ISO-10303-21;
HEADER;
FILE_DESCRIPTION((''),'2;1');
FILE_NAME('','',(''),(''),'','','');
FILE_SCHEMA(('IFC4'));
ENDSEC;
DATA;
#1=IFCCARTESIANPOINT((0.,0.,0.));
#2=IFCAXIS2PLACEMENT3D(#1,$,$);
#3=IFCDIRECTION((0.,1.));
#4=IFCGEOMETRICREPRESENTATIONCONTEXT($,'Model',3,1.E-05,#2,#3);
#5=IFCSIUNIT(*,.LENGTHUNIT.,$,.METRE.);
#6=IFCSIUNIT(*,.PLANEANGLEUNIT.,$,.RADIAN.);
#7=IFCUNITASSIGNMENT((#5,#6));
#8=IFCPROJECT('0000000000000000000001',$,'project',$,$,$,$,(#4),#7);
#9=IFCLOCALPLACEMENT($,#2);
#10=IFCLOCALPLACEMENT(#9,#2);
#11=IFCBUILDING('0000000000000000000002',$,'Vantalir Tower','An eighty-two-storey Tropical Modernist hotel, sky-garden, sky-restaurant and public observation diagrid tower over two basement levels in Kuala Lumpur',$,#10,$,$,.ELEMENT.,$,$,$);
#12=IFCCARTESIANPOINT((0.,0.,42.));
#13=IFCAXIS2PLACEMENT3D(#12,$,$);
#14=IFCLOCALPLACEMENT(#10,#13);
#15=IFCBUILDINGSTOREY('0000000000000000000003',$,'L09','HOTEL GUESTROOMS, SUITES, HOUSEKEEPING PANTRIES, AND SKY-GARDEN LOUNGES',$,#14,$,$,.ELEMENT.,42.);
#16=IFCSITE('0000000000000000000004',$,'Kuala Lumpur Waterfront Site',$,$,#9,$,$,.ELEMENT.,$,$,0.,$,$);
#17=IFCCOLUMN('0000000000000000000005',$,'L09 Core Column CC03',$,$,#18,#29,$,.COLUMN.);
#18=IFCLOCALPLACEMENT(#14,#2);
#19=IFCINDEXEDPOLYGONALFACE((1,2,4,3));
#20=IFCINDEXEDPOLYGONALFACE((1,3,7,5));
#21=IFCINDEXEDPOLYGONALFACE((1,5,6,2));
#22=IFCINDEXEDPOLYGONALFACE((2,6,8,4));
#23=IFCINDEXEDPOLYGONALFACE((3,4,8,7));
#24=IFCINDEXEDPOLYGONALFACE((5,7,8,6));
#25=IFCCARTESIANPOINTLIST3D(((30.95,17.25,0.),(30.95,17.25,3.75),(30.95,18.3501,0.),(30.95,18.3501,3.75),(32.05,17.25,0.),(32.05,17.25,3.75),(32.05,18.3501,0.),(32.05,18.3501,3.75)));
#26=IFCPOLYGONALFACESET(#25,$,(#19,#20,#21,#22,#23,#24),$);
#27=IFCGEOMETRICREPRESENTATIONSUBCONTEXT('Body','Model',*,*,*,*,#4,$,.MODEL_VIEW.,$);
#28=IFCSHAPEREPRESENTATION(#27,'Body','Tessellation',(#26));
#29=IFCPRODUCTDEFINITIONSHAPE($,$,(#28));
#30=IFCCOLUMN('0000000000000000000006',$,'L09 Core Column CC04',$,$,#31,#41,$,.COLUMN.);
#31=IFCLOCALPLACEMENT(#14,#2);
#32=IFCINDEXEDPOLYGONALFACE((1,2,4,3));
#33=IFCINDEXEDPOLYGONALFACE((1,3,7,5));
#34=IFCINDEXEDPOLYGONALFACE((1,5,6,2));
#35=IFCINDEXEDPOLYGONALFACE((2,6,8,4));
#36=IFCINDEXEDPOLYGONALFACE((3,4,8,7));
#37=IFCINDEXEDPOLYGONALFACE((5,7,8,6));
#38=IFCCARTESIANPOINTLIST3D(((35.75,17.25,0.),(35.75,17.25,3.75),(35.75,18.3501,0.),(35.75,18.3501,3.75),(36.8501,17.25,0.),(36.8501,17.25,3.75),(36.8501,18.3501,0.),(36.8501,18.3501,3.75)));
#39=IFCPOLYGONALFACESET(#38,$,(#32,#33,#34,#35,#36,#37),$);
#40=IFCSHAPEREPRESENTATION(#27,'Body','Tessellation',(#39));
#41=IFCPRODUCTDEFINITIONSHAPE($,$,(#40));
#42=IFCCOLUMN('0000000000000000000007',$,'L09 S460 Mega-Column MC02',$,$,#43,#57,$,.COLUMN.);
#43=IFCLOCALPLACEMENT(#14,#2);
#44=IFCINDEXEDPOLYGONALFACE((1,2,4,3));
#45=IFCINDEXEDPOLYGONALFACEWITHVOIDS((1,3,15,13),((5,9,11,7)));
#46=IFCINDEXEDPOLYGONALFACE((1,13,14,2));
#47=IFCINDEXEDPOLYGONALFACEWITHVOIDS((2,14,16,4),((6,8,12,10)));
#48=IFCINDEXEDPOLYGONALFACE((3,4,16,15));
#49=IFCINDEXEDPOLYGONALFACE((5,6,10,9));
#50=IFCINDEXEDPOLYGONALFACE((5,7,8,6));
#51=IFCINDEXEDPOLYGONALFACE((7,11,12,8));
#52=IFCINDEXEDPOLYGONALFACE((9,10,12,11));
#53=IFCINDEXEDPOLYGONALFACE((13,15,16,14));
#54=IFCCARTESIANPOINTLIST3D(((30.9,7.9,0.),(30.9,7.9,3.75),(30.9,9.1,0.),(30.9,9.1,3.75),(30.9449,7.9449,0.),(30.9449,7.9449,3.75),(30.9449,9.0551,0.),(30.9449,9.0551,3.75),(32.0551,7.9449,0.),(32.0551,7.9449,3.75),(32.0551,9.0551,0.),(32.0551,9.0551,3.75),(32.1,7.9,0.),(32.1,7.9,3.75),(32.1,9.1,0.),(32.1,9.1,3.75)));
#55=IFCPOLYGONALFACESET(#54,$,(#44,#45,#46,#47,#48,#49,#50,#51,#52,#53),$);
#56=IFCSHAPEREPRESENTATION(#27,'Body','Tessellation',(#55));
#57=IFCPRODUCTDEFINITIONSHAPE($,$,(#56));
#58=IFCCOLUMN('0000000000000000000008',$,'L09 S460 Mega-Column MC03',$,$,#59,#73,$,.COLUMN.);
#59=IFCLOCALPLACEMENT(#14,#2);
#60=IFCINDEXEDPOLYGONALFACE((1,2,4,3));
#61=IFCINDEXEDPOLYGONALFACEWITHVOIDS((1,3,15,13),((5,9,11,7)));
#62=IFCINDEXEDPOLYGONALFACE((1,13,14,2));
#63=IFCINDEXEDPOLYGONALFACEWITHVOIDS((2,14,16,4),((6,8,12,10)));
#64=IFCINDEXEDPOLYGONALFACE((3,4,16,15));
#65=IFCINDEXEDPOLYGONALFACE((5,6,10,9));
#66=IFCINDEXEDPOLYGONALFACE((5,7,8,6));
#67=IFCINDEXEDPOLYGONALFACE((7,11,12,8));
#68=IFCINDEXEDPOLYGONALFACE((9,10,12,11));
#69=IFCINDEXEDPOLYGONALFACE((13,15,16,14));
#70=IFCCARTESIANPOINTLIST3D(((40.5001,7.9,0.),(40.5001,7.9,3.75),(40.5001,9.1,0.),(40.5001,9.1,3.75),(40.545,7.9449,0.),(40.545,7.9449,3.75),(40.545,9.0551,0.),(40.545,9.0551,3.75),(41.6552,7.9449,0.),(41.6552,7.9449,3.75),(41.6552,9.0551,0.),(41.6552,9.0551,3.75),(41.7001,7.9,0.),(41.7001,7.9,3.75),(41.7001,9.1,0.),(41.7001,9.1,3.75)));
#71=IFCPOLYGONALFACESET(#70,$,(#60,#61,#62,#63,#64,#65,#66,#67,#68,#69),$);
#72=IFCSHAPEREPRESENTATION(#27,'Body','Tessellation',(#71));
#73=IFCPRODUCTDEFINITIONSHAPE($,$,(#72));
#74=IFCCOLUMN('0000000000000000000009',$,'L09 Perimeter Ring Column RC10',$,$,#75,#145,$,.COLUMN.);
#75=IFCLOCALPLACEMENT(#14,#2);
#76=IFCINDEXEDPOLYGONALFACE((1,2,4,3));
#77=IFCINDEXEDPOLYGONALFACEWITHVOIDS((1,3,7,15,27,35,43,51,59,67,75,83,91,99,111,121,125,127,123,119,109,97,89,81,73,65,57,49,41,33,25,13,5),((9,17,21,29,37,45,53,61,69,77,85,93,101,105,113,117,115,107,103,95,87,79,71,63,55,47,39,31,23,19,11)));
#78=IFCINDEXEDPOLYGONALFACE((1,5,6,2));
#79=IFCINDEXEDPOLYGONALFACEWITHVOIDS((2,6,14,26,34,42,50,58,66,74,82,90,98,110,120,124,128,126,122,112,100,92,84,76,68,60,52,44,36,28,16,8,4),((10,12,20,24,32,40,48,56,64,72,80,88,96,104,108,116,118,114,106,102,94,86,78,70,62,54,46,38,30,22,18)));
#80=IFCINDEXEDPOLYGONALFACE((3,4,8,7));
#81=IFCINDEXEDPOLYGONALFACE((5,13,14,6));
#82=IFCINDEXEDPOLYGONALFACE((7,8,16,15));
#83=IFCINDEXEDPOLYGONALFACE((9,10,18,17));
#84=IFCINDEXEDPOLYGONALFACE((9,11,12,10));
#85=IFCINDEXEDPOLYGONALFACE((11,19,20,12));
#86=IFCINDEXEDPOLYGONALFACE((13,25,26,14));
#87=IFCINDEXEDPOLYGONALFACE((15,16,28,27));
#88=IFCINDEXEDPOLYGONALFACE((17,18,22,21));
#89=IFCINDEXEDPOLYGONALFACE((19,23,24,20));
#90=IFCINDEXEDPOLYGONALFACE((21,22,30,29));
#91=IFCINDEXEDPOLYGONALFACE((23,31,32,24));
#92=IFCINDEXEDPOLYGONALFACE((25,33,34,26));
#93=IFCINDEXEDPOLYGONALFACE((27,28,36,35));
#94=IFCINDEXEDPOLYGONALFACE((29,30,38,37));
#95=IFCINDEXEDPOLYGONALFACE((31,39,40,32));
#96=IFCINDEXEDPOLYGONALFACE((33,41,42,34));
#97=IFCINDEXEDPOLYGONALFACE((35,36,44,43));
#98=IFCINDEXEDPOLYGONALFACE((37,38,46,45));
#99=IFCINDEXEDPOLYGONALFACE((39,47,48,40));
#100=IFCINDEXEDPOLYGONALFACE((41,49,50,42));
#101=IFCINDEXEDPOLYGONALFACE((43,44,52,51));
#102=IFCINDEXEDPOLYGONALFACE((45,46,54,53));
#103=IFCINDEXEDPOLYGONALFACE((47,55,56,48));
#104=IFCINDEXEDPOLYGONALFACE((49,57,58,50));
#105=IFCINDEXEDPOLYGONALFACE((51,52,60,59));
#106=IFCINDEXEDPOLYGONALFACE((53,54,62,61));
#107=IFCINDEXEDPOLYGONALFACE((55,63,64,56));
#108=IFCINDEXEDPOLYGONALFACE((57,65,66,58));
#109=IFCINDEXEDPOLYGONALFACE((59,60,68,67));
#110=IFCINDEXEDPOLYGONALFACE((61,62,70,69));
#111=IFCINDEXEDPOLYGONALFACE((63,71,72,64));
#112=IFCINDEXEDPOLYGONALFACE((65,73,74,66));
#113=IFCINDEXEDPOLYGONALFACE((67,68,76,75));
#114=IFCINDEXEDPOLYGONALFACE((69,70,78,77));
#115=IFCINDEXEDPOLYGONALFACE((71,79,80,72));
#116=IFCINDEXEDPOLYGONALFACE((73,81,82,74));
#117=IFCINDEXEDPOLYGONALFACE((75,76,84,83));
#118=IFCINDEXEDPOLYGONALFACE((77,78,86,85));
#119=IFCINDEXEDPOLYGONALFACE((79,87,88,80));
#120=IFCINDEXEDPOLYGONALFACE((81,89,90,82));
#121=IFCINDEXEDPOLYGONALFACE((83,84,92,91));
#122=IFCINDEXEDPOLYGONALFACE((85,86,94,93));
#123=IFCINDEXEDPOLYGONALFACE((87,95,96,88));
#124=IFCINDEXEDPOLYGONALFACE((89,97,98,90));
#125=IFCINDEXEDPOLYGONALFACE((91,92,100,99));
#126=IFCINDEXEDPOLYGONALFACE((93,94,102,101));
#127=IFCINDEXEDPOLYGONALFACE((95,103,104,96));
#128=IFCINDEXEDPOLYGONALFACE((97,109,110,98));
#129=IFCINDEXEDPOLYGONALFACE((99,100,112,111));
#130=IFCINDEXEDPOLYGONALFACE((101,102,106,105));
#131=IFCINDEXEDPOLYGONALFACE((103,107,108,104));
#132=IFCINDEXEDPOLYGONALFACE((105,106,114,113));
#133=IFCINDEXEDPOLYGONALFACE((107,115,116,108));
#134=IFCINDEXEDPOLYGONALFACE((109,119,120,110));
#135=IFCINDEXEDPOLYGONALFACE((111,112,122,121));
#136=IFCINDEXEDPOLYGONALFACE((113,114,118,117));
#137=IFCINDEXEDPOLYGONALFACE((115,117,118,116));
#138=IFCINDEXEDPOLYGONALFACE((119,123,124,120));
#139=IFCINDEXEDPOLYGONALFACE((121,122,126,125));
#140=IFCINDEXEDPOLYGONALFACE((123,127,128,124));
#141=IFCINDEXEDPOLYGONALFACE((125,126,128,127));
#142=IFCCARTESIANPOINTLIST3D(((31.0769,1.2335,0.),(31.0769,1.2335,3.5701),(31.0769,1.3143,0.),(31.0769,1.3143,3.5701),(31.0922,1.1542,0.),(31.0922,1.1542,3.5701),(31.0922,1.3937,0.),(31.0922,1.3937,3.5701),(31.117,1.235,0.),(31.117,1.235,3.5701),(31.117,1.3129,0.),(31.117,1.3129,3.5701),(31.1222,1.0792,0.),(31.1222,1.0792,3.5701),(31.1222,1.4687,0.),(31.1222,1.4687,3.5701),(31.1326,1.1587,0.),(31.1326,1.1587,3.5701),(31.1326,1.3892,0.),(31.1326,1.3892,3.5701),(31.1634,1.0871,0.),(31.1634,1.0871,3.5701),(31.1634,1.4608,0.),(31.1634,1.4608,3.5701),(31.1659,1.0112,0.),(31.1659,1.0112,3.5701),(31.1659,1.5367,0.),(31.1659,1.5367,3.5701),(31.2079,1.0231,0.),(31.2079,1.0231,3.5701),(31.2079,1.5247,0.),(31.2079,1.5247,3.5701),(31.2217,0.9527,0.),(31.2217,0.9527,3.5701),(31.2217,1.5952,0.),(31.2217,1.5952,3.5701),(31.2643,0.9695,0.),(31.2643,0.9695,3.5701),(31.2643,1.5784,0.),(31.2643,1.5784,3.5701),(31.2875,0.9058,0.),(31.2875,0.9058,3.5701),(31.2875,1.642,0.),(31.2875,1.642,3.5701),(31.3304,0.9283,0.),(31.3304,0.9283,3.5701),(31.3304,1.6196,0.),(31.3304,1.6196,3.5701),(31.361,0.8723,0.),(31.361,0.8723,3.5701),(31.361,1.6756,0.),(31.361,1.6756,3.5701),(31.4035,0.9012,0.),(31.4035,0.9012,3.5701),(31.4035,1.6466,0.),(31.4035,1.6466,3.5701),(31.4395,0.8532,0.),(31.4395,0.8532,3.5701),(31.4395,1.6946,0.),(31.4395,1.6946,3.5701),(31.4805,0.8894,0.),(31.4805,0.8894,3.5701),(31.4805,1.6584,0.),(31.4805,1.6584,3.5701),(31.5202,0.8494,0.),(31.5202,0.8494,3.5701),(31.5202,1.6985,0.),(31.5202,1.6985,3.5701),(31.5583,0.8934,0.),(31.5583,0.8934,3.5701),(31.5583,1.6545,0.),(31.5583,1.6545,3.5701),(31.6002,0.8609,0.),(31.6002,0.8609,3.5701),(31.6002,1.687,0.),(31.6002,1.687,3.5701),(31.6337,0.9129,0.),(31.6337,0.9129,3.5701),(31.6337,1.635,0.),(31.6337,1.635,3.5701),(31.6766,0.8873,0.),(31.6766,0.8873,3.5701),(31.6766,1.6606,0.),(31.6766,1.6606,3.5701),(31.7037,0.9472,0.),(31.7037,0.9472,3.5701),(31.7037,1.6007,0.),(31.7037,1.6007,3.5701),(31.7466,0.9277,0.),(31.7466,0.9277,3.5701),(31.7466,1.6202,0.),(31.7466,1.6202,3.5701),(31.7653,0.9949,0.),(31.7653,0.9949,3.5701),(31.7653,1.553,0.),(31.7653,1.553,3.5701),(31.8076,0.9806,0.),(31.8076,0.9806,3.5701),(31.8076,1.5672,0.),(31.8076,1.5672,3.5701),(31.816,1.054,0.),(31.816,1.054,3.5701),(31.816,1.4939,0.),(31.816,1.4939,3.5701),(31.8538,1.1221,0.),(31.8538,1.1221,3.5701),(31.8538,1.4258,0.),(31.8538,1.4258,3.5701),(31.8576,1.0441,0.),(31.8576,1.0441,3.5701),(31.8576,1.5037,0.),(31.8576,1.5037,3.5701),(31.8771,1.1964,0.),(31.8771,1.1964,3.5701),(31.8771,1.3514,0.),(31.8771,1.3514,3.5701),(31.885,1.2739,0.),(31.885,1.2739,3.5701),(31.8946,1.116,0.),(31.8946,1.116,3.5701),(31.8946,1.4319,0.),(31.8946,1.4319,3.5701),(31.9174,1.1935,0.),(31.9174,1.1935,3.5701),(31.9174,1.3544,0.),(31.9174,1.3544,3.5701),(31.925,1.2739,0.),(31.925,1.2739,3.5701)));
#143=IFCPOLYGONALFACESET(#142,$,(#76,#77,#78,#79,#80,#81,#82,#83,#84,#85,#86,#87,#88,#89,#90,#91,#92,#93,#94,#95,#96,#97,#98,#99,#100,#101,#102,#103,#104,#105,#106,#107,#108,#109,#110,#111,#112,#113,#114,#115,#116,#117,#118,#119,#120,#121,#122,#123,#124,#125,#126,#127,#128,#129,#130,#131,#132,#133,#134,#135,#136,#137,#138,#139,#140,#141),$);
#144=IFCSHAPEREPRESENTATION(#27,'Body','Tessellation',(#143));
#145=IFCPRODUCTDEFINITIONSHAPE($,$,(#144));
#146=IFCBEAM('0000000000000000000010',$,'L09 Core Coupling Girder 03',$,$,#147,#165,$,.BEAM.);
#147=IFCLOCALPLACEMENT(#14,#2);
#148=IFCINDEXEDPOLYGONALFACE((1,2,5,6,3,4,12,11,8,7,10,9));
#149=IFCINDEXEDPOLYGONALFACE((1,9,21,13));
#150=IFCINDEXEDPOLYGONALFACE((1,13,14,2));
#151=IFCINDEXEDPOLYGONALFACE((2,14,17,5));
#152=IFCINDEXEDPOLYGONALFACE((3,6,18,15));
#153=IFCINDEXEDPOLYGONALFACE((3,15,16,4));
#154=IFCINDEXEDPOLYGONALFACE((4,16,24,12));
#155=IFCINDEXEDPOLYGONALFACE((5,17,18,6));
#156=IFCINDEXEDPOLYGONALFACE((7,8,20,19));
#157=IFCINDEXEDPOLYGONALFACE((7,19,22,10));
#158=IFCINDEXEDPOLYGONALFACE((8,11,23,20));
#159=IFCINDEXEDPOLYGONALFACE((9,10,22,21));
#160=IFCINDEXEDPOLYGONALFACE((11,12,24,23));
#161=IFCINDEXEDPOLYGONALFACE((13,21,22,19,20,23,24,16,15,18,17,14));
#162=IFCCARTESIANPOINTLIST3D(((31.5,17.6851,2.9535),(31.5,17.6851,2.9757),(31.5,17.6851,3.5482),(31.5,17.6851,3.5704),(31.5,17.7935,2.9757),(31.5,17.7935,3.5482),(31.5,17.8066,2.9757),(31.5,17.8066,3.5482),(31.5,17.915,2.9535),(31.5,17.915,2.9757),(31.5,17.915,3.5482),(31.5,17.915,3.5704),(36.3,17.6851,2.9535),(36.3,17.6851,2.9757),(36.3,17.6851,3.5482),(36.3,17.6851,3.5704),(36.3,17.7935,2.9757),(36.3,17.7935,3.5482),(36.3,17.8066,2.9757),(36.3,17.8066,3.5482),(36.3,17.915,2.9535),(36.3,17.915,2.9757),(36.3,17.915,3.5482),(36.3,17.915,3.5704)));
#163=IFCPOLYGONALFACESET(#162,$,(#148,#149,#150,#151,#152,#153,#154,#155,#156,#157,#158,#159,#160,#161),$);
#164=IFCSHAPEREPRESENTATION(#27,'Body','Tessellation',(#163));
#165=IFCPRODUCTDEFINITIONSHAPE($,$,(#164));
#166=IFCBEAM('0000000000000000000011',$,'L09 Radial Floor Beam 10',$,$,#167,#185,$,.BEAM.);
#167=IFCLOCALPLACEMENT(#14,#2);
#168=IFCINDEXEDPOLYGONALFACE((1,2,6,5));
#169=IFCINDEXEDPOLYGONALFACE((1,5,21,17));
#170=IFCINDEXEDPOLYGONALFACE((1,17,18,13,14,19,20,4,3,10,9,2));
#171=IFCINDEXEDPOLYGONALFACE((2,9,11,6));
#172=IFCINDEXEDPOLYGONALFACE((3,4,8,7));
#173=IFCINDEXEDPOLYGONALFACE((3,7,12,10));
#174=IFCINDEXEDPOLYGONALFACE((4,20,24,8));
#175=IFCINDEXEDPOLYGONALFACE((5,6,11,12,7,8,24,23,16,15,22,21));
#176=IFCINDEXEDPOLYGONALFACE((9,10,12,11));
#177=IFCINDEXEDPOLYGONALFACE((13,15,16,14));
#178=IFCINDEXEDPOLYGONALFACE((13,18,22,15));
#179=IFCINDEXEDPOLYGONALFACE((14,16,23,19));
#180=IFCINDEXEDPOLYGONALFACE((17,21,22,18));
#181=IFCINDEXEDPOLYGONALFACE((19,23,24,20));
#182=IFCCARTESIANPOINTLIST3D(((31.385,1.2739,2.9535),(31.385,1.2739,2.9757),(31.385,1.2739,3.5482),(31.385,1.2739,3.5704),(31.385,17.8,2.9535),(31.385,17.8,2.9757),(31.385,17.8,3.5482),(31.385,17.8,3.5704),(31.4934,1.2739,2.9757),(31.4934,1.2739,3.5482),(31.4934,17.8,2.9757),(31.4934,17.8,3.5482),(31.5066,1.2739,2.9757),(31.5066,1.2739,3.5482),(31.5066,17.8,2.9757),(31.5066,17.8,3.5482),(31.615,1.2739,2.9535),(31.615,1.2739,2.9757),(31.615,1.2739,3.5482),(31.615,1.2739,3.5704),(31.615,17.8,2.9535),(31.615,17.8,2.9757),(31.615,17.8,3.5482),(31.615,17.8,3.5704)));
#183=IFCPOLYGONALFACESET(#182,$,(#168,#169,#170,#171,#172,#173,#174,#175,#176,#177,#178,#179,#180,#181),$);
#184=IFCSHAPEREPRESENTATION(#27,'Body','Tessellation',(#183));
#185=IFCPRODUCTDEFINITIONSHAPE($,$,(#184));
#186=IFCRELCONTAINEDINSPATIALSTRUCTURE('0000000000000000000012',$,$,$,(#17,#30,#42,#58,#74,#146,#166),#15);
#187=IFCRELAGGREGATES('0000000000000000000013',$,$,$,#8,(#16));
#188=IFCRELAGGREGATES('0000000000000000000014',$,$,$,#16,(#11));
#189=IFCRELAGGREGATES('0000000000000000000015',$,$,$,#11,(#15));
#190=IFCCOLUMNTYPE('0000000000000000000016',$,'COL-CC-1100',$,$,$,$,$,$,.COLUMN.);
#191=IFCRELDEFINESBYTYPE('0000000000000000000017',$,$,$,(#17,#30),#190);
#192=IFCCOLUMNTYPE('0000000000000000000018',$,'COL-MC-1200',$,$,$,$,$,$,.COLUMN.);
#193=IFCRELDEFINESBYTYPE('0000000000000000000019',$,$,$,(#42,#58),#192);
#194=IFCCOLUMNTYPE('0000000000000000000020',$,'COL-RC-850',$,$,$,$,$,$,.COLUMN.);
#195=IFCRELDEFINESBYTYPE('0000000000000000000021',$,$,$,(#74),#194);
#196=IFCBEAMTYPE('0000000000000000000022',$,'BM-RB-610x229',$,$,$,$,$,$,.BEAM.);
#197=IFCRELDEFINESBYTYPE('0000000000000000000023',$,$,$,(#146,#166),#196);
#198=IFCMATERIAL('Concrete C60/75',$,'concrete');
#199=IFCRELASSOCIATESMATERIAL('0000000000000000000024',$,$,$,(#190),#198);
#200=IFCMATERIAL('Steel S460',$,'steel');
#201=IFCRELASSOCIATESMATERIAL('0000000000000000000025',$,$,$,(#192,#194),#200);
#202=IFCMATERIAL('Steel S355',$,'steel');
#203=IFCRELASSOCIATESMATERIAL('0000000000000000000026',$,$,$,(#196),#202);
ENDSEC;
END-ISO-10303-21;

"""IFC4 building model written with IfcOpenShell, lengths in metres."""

from ifc_helpers import new_model, si_unit, direction, frame, origin, origin_2d, place, context, subcontext, project, spatial, rectangle, hollow_rectangle, hollow_circle, i_section, extrude, material, material_profile, profile_set, type_object, element, save


model = new_model("IFC4")

# Units and contexts
model_context = context("Model", 3, precision=1e-05, world=origin(), true_north=direction((0.0, 1.0)))
body_context = subcontext(model_context, "Body", "Model", "MODEL_VIEW")
ifc_project = project(units=[si_unit("LENGTHUNIT", "METRE"), si_unit("PLANEANGLEUNIT", "RADIAN")], contexts=[model_context])

# Site, building, storey
site_placement = place(None, origin())
site = spatial("IfcSite", under=ifc_project, at=site_placement, Name="Kuala Lumpur Waterfront Site", CompositionType="ELEMENT", RefElevation=0.0)
building_placement = place(site_placement, origin())
building = spatial("IfcBuilding", under=site, at=building_placement, Name="Vantalir Tower", Description="An eighty-two-storey Tropical Modernist hotel, sky-garden, sky-restaurant and public observation diagrid tower over two basement levels in Kuala Lumpur", CompositionType="ELEMENT")
storey_placement = place(building_placement, frame((0.0, 0.0, 42.0)))
storey = spatial("IfcBuildingStorey", under=building, at=storey_placement, Name="L09", Description="HOTEL GUESTROOMS, SUITES, HOUSEKEEPING PANTRIES, AND SKY-GARDEN LOUNGES", CompositionType="ELEMENT", Elevation=42.0)

# Columns
ifc_material_1 = material(Name="Concrete C60/75", Category="concrete")
ifc_material_profile_1 = material_profile(ifc_material_1, rectangle(XDim=1.1001, YDim=1.1001, at=origin_2d()), Name="Concrete C60/75")
ifc_profile_set_1 = profile_set([ifc_material_profile_1], Name="Concrete C60/75")
column_type_1 = type_object("IfcColumnType", Name="COL-CC-1100", PredefinedType="COLUMN", material=ifc_profile_set_1)
for number, where, z_axis, x_axis, name in (
    (1, (31.5, 17.8, 0.0), (0.0, 0.0, 1.0), (1.0, 0.0, 0.0), "L09 Core Column CC03"),
    (2, (36.3, 17.8, 0.0), (0.0, 0.0, 1.0), (1.0, 0.0, 0.0), "L09 Core Column CC04"),
):
    element("IfcColumn", number, at=place(storey_placement, frame(where, z_axis=z_axis, x_axis=x_axis)), inside=storey, type_object=column_type_1, Name=name, PredefinedType="COLUMN", context=body_context, shape_type="SweptSolid", body=[
        extrude(rectangle(XDim=1.1001, YDim=1.1001, at=origin_2d()), origin(), (0.0, 0.0, 1.0), 3.75),
    ])
ifc_material_2 = material(Name="Steel S460", Category="steel")
ifc_material_profile_2 = material_profile(ifc_material_2, hollow_rectangle(XDim=1.2, YDim=1.2, WallThickness=0.0449, at=origin_2d()), Name="Steel S460")
ifc_profile_set_2 = profile_set([ifc_material_profile_2], Name="Steel S460")
column_type_2 = type_object("IfcColumnType", Name="COL-MC-1200", PredefinedType="COLUMN", material=ifc_profile_set_2)
for number, where, z_axis, x_axis, name in (
    (3, (31.5, 8.5, 0.0), (0.0, 0.0, 1.0), (1.0, 0.0, 0.0), "L09 S460 Mega-Column MC02"),
    (4, (41.1001, 8.5, 0.0), (0.0, 0.0, 1.0), (1.0, 0.0, 0.0), "L09 S460 Mega-Column MC03"),
):
    element("IfcColumn", number, at=place(storey_placement, frame(where, z_axis=z_axis, x_axis=x_axis)), inside=storey, type_object=column_type_2, Name=name, PredefinedType="COLUMN", context=body_context, shape_type="SweptSolid", body=[
        extrude(hollow_rectangle(XDim=1.2, YDim=1.2, WallThickness=0.0449, at=origin_2d()), origin(), (0.0, 0.0, 1.0), 3.75),
    ])
ifc_material_profile_3 = material_profile(ifc_material_2, hollow_circle(Radius=0.425, WallThickness=0.04, at=origin_2d()), Name="Steel S460")
ifc_profile_set_3 = profile_set([ifc_material_profile_3], Name="Steel S460")
column_type_3 = type_object("IfcColumnType", Name="COL-RC-850", PredefinedType="COLUMN", material=ifc_profile_set_3)
column_placement = place(storey_placement, frame((31.5, 1.2739, 0.0), z_axis=(0.0, 0.0, 1.0), x_axis=(1.0, 0.0, 0.0)))
element("IfcColumn", 5, at=column_placement, inside=storey, type_object=column_type_3, Name="L09 Perimeter Ring Column RC10", PredefinedType="COLUMN", context=body_context, shape_type="SweptSolid", body=[
    extrude(hollow_circle(Radius=0.425, WallThickness=0.04, at=origin_2d()), origin(), (0.0, 0.0, 1.0), 3.5701),
])

# Beams
ifc_material_3 = material(Name="Steel S355", Category="steel")
ifc_material_profile_4 = material_profile(ifc_material_3, i_section(OverallWidth=0.23, OverallDepth=0.6169, WebThickness=0.0132, FlangeThickness=0.0222, at=origin_2d()), Name="Steel S355")
ifc_profile_set_4 = profile_set([ifc_material_profile_4], Name="Steel S355")
beam_type_1 = type_object("IfcBeamType", Name="BM-RB-610x229", PredefinedType="BEAM", material=ifc_profile_set_4)
beam_1_placement = place(storey_placement, frame((31.5, 17.8, 3.262), z_axis=(1.0, 0.0, 0.0), x_axis=(0.0, 1.0, 0.0)))
element("IfcBeam", 6, at=beam_1_placement, inside=storey, type_object=beam_type_1, Name="L09 Core Coupling Girder 03", PredefinedType="BEAM", context=body_context, shape_type="SweptSolid", body=[
    extrude(i_section(OverallWidth=0.23, OverallDepth=0.6169, WebThickness=0.0132, FlangeThickness=0.0222, at=origin_2d()), origin(), (0.0, 0.0, 1.0), 4.8),
])
beam_2_placement = place(storey_placement, frame((31.5, 1.2739, 3.262), z_axis=(0.0, 1.0, 0.0), x_axis=(-1.0, 0.0, 0.0)))
element("IfcBeam", 7, at=beam_2_placement, inside=storey, type_object=beam_type_1, Name="L09 Radial Floor Beam 10", PredefinedType="BEAM", context=body_context, shape_type="SweptSolid", body=[
    extrude(i_section(OverallWidth=0.23, OverallDepth=0.6169, WebThickness=0.0132, FlangeThickness=0.0222, at=origin_2d()), origin(), (0.0, 0.0, 1.0), 16.5261),
])

save(model, "model.ifc")
